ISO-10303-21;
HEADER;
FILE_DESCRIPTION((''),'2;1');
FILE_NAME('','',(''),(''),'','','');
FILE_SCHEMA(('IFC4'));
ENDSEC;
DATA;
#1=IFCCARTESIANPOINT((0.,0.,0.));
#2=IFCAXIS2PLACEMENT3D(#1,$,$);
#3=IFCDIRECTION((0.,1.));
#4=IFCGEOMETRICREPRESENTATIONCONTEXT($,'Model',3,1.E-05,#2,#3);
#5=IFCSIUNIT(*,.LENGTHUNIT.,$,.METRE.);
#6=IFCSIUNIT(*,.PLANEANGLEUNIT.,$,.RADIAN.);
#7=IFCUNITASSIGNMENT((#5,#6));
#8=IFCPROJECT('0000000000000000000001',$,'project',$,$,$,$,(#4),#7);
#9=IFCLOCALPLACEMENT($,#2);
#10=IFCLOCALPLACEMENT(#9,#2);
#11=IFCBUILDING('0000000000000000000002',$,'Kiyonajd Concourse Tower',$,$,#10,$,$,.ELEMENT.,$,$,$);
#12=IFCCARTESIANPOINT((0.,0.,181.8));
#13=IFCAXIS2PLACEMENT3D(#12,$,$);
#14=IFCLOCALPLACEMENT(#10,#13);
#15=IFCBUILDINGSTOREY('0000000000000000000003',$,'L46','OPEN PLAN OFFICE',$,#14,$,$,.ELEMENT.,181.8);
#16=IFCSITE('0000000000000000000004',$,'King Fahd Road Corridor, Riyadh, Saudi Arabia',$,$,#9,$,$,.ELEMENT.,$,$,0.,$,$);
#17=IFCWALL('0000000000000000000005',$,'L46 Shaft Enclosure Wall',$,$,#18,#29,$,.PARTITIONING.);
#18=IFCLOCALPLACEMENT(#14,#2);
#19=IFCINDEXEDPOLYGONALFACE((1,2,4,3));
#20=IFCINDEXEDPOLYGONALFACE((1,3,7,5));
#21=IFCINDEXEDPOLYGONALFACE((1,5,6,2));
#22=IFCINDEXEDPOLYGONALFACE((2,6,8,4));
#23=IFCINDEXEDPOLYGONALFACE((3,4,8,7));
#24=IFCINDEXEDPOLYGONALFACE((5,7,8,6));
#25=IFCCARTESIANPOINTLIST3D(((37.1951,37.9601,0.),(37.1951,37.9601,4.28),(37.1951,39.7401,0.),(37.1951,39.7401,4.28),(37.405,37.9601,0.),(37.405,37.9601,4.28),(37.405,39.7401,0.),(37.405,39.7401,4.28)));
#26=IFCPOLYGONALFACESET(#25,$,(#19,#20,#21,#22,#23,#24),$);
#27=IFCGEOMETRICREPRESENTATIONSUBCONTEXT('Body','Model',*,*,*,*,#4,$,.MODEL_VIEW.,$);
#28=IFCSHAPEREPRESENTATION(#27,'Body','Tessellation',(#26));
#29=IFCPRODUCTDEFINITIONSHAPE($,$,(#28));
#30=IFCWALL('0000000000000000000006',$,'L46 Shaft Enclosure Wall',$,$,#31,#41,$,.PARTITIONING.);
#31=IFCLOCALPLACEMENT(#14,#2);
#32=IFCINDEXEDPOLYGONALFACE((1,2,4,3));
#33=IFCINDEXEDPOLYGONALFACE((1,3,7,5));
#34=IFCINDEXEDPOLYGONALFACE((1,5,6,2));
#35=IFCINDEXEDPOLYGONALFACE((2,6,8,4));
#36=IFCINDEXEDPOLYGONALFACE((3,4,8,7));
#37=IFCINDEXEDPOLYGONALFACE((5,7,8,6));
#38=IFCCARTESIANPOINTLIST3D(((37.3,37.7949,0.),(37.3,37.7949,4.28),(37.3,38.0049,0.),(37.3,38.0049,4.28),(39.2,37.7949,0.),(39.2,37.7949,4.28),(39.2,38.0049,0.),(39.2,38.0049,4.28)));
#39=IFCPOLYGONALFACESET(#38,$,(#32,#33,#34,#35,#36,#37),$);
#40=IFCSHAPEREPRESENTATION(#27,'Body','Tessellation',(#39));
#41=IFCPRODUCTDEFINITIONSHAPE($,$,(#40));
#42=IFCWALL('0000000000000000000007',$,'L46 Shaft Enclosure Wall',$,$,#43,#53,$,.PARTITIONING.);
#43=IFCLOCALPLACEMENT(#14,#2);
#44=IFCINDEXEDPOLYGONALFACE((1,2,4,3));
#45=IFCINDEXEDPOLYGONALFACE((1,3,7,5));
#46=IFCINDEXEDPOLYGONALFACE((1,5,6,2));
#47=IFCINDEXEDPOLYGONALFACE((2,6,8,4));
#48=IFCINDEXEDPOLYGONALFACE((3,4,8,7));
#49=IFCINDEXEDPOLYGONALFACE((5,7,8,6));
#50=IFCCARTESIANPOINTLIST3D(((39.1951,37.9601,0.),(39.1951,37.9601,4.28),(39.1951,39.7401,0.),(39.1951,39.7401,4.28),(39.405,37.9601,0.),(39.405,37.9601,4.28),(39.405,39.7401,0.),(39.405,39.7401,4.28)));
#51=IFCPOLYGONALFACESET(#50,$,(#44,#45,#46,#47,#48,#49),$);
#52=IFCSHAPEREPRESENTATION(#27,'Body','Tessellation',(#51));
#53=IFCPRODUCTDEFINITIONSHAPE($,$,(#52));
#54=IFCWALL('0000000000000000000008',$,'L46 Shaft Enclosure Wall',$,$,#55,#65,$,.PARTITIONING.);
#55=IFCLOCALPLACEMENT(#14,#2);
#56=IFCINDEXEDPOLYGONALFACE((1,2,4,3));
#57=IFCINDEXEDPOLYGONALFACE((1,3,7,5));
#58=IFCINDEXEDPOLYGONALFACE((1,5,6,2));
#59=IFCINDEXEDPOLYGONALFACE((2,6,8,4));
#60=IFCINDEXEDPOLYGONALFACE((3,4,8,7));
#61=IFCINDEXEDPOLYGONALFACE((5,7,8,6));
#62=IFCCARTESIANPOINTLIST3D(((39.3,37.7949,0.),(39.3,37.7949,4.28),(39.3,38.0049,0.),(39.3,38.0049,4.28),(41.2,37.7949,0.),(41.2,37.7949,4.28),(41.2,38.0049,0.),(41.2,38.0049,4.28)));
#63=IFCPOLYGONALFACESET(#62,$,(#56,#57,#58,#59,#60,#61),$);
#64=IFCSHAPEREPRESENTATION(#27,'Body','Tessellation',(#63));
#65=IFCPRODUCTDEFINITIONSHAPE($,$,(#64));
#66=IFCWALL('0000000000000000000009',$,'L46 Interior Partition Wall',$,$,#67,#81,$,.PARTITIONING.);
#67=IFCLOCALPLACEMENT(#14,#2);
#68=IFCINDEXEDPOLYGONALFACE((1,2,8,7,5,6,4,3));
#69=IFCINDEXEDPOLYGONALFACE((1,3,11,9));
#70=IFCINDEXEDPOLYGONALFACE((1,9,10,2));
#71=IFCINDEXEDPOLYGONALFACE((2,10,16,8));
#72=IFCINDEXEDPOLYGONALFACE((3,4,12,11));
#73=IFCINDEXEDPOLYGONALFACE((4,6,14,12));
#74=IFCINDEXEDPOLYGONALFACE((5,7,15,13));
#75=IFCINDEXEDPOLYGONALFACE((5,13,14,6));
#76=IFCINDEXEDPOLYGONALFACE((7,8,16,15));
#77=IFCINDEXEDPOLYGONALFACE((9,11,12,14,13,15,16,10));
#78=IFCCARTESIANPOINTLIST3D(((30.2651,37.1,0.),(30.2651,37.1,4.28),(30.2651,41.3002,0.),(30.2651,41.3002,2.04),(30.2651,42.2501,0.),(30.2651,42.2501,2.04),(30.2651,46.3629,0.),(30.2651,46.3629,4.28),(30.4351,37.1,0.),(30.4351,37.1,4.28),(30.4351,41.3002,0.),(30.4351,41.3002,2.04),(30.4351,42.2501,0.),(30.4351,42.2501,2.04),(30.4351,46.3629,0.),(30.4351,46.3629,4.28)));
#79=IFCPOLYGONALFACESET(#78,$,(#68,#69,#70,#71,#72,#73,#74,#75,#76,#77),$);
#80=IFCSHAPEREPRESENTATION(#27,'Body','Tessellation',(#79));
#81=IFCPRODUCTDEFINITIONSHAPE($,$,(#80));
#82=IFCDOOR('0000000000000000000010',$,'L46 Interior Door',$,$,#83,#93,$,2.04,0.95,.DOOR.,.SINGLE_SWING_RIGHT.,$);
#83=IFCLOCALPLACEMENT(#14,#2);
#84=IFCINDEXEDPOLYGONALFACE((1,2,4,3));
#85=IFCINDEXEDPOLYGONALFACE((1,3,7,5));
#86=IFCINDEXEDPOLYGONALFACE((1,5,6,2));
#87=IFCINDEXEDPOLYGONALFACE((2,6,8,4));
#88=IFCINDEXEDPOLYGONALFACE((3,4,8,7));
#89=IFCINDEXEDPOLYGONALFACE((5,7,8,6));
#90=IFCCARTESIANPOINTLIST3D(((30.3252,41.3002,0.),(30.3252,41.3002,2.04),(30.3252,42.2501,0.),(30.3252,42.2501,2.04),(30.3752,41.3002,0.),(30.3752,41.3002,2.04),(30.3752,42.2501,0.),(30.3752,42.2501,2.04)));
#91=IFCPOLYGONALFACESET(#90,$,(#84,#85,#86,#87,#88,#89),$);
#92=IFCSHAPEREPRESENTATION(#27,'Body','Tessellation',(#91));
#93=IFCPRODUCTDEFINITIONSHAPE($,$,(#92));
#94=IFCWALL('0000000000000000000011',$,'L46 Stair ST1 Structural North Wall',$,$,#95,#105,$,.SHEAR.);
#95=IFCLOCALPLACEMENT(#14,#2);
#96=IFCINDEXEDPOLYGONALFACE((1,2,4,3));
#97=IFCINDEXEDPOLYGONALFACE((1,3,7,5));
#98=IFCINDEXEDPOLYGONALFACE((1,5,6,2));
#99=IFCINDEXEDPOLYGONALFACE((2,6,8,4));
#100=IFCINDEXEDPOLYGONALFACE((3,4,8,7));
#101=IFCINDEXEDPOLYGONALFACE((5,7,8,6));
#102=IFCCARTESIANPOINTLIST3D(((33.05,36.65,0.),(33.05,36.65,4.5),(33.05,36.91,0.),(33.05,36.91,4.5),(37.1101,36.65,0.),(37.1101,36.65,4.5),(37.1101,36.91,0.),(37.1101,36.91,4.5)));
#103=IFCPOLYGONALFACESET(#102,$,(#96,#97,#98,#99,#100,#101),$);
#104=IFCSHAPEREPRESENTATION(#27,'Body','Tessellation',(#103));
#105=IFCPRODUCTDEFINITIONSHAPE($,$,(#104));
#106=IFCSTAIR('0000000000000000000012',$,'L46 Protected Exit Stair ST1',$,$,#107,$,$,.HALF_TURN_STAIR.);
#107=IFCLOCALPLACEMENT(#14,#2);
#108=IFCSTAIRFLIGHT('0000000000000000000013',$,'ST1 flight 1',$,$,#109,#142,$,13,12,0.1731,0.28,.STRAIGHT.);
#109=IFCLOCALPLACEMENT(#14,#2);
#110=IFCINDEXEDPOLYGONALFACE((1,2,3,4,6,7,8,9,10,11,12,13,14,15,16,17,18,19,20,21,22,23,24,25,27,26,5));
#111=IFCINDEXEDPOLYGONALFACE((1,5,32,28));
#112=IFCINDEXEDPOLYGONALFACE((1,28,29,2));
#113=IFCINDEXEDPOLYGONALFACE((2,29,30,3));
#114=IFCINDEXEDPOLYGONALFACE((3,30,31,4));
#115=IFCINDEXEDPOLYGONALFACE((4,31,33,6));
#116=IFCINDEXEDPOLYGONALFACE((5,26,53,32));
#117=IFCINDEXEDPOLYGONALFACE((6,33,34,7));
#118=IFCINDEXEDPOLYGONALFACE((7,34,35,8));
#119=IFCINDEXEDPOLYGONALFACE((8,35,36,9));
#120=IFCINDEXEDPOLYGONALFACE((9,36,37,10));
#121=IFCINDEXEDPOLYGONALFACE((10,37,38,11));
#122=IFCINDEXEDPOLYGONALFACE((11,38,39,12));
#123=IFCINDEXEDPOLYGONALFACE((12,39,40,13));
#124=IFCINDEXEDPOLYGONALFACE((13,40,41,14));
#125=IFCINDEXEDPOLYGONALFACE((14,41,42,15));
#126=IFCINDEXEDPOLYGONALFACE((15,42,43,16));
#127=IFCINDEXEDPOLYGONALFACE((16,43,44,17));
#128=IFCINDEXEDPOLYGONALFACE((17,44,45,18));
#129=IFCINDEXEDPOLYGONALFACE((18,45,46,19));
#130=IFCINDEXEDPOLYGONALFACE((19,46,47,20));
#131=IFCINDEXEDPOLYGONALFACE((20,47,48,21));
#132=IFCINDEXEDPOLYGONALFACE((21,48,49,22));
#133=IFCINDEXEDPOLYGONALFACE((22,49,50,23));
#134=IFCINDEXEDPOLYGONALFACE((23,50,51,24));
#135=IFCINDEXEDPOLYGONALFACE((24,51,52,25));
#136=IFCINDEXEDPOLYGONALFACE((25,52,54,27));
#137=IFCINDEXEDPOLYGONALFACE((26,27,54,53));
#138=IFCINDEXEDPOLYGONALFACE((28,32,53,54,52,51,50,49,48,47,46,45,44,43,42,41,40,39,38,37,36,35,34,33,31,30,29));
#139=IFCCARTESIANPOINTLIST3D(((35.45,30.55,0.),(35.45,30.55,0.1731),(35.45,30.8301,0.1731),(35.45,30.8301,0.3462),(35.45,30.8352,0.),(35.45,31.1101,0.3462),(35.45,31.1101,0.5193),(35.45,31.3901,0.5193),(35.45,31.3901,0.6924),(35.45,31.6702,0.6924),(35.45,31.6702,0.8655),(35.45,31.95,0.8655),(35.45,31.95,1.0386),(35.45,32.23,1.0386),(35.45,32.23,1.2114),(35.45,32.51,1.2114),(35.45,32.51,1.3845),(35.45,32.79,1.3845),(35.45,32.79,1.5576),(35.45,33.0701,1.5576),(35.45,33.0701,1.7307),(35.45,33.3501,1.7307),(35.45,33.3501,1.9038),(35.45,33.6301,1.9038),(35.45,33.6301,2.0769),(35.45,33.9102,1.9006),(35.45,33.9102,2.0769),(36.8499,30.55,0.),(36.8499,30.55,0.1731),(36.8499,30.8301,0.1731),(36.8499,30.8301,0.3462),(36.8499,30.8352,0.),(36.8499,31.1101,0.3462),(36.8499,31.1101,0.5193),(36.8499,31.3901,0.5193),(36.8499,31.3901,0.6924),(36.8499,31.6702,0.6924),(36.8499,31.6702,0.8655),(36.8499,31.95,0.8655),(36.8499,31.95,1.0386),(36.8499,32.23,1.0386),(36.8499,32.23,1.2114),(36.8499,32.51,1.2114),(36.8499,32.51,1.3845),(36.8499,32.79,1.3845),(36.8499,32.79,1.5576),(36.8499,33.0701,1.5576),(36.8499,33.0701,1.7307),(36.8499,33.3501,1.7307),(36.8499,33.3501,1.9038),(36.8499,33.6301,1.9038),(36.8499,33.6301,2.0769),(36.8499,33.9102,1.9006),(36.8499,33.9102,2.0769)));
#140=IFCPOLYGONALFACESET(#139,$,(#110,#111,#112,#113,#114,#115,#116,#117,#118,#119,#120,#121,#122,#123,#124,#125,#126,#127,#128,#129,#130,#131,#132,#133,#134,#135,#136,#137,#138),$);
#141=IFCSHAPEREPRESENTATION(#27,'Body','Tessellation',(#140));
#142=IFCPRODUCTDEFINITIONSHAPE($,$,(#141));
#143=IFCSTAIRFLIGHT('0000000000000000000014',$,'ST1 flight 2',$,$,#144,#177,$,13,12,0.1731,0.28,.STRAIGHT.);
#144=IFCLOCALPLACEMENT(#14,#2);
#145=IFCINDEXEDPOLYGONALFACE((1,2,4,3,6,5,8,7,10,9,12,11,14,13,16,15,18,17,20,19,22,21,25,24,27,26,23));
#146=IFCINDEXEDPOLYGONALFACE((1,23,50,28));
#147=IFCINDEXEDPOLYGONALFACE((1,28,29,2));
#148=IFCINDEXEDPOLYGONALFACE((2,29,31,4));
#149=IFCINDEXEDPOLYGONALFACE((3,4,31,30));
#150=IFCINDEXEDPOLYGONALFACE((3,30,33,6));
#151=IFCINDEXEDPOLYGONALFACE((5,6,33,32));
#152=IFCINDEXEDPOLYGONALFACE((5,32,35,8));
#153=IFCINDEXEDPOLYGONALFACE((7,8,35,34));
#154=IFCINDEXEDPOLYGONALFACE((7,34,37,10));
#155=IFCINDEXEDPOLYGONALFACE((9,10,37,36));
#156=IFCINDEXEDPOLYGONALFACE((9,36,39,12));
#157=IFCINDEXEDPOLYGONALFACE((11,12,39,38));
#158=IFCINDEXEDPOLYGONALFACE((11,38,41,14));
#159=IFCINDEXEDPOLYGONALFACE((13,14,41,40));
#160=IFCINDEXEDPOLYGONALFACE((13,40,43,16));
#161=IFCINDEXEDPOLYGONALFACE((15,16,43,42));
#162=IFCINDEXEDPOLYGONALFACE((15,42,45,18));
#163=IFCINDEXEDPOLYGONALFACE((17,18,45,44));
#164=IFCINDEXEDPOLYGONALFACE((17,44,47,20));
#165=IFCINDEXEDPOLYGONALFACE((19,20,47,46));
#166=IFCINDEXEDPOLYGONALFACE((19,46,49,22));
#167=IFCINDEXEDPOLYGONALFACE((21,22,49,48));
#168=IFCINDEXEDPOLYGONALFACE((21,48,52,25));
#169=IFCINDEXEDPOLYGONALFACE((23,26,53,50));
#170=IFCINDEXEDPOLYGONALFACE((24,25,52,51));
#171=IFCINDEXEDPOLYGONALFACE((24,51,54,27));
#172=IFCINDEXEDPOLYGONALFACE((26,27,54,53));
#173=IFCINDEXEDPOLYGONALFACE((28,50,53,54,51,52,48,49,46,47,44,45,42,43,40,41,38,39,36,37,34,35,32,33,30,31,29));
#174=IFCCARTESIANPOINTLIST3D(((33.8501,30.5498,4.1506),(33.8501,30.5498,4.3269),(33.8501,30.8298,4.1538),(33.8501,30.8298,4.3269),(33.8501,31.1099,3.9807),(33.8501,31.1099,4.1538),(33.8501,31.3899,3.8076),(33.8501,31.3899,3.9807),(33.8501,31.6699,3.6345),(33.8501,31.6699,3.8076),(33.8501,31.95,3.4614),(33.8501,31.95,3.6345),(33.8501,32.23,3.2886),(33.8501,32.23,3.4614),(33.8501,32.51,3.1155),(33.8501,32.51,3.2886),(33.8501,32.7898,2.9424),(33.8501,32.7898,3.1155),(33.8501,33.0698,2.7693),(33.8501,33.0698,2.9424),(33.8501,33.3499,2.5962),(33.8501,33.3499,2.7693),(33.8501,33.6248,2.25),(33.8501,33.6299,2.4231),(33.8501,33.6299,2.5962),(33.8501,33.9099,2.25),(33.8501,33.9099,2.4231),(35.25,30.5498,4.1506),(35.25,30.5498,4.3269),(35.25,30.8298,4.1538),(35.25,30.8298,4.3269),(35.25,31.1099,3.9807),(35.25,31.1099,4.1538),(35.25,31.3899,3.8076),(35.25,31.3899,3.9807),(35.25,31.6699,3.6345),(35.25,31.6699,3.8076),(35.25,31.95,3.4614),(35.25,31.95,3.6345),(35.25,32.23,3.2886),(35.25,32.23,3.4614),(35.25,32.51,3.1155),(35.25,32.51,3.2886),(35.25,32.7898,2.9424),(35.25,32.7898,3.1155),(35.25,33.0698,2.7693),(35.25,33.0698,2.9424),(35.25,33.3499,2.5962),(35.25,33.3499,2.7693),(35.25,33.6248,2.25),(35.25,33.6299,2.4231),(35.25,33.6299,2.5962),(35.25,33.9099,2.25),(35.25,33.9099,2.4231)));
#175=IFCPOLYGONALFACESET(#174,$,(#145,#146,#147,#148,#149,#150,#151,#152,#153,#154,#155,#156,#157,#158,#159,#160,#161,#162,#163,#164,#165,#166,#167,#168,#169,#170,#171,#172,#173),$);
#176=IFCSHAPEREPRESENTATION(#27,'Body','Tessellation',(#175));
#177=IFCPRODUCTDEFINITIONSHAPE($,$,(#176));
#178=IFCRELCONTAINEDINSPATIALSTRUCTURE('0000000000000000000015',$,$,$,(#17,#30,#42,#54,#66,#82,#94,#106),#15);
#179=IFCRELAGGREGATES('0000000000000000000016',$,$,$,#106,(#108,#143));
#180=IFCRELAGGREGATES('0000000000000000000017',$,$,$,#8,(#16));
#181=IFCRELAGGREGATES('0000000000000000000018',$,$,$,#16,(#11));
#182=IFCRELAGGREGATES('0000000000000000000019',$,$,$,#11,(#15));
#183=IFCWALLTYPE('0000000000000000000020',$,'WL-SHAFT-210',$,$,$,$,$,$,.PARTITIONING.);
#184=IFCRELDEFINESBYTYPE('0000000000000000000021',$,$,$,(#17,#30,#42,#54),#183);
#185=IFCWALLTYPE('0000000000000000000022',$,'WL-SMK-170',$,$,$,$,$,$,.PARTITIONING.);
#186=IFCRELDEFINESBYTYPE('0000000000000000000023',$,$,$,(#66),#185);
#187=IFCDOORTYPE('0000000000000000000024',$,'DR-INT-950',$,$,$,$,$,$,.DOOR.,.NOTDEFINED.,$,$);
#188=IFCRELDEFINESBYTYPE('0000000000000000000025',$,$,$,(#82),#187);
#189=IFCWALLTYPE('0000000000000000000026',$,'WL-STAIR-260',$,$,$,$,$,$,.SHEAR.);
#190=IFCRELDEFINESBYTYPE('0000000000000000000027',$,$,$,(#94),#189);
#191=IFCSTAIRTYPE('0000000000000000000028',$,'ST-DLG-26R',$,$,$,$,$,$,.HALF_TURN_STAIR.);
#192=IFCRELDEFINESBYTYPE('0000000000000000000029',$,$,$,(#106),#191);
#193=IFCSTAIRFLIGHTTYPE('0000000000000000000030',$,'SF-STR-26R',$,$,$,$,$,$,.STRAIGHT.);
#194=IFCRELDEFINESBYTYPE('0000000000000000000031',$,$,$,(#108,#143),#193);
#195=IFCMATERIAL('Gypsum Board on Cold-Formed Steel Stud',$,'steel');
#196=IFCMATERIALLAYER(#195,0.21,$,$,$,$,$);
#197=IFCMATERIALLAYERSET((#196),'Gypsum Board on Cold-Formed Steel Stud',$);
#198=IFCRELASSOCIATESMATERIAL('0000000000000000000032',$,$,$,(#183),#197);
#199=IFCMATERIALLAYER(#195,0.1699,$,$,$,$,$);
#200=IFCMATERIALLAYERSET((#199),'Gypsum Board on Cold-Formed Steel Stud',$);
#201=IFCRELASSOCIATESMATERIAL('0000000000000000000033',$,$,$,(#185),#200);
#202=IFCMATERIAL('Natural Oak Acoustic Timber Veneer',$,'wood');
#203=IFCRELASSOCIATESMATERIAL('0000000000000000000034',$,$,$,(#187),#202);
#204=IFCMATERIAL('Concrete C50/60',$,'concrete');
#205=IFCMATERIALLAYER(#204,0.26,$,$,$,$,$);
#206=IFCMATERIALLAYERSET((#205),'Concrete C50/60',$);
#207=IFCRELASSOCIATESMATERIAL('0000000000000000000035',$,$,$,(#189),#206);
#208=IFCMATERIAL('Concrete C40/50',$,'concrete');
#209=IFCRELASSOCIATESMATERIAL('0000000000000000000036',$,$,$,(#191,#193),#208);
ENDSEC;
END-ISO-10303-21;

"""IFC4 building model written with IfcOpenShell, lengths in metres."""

from ifc_helpers import new_model, si_unit, direction, frame, frame_2d, origin, place, context, subcontext, project, spatial, polyline, rectangle, outline, extrude, material, layer, layer_set, type_object, element, fill, aggregate, save


model = new_model("IFC4")

# Units and contexts
model_context = context("Model", 3, precision=1e-05, world=origin(), true_north=direction((0.0, 1.0)))
body_context = subcontext(model_context, "Body", "Model", "MODEL_VIEW")
ifc_project = project(units=[si_unit("LENGTHUNIT", "METRE"), si_unit("PLANEANGLEUNIT", "RADIAN")], contexts=[model_context])

# Site, building, storey
site_placement = place(None, origin())
site = spatial("IfcSite", under=ifc_project, at=site_placement, Name="King Fahd Road Corridor, Riyadh, Saudi Arabia", CompositionType="ELEMENT", RefElevation=0.0)
building_placement = place(site_placement, origin())
building = spatial("IfcBuilding", under=site, at=building_placement, Name="Kiyonajd Concourse Tower", CompositionType="ELEMENT")
storey_placement = place(building_placement, frame((0.0, 0.0, 181.8)))
storey = spatial("IfcBuildingStorey", under=building, at=storey_placement, Name="L46", Description="OPEN PLAN OFFICE", CompositionType="ELEMENT", Elevation=181.8)

# Shared definitions
ifc_material_1 = material(Name="Concrete C50/60", Category="concrete")

# Shared definitions
ifc_material_2 = material(Name="Gypsum Board on Cold-Formed Steel Stud", Category="steel")
ifc_layer_1 = layer(ifc_material_2, 0.21)
ifc_layer_set_1 = layer_set([ifc_layer_1], Name="Gypsum Board on Cold-Formed Steel Stud")
wall_type_1 = type_object("IfcWallType", Name="WL-SHAFT-210", PredefinedType="PARTITIONING", material=ifc_layer_set_1)

# Walls
wall_1_placement = place(storey_placement, frame((37.3, 37.96, 0.0), z_axis=(0.0, 0.0, 1.0), x_axis=(0.0, 1.0, 0.0)))
element("IfcWall", 1, at=wall_1_placement, inside=storey, type_object=wall_type_1, Name="L46 Shaft Enclosure Wall", PredefinedType="PARTITIONING", context=body_context, shape_type="SweptSolid", body=[
    extrude(rectangle(XDim=1.78, YDim=0.21, at=frame_2d((0.8901, 0.0))), origin(), (0.0, 0.0, 1.0), 4.28),
])
wall_2_placement = place(storey_placement, frame((37.3, 37.8999, 0.0), z_axis=(0.0, 0.0, 1.0), x_axis=(1.0, 0.0, 0.0)))
element("IfcWall", 2, at=wall_2_placement, inside=storey, type_object=wall_type_1, Name="L46 Shaft Enclosure Wall", PredefinedType="PARTITIONING", context=body_context, shape_type="SweptSolid", body=[
    extrude(rectangle(XDim=1.8999, YDim=0.21, at=frame_2d((0.95, 0.0))), origin(), (0.0, 0.0, 1.0), 4.28),
])
wall_3_placement = place(storey_placement, frame((39.3, 37.96, 0.0), z_axis=(0.0, 0.0, 1.0), x_axis=(0.0, 1.0, 0.0)))
element("IfcWall", 3, at=wall_3_placement, inside=storey, type_object=wall_type_1, Name="L46 Shaft Enclosure Wall", PredefinedType="PARTITIONING", context=body_context, shape_type="SweptSolid", body=[
    extrude(rectangle(XDim=1.78, YDim=0.21, at=frame_2d((0.8901, 0.0))), origin(), (0.0, 0.0, 1.0), 4.28),
])
wall_4_placement = place(storey_placement, frame((39.3, 37.8999, 0.0), z_axis=(0.0, 0.0, 1.0), x_axis=(1.0, 0.0, 0.0)))
element("IfcWall", 4, at=wall_4_placement, inside=storey, type_object=wall_type_1, Name="L46 Shaft Enclosure Wall", PredefinedType="PARTITIONING", context=body_context, shape_type="SweptSolid", body=[
    extrude(rectangle(XDim=1.8999, YDim=0.21, at=frame_2d((0.95, 0.0))), origin(), (0.0, 0.0, 1.0), 4.28),
])

# Wall, opening, door
ifc_layer_2 = layer(ifc_material_2, 0.1699)
ifc_layer_set_2 = layer_set([ifc_layer_2], Name="Gypsum Board on Cold-Formed Steel Stud")
wall_type_2 = type_object("IfcWallType", Name="WL-SMK-170", PredefinedType="PARTITIONING", material=ifc_layer_set_2)
wall_5_placement = place(storey_placement, frame((30.3501, 37.1001, 0.0), z_axis=(0.0, 0.0, 1.0), x_axis=(0.0, 1.0, 0.0)))
wall_5 = element("IfcWall", 5, at=wall_5_placement, inside=storey, type_object=wall_type_2, Name="L46 Interior Partition Wall", PredefinedType="PARTITIONING", context=body_context, shape_type="SweptSolid", body=[
    extrude(rectangle(XDim=9.2629, YDim=0.1699, at=frame_2d((4.6313, 0.0))), origin(), (0.0, 0.0, 1.0), 4.28),
])
opening_1_placement = place(wall_5_placement, frame((4.2, 0.0, 0.0)))
opening_1 = element("IfcOpeningElement", 6, at=opening_1_placement, cuts=wall_5, PredefinedType="OPENING", context=body_context, shape_type="SweptSolid", body=[
    extrude(rectangle(XDim=0.95, YDim=2.04, at=frame_2d((0.4751, 1.02))), frame((0.0, 0.095, 0.0), z_axis=(0.0, -1.0, 0.0), x_axis=(1.0, 0.0, 0.0)), (0.0, 0.0, 1.0), 0.1899),
])
ifc_material_3 = material(Name="Natural Oak Acoustic Timber Veneer", Category="wood")
door_type_1 = type_object("IfcDoorType", Name="DR-INT-950", OperationType="NOTDEFINED", PredefinedType="DOOR", material=ifc_material_3)
door_1_placement = place(opening_1_placement, origin())
door_1 = element("IfcDoor", 7, at=door_1_placement, inside=storey, type_object=door_type_1, Name="L46 Interior Door", OperationType="SINGLE_SWING_RIGHT", OverallHeight=2.04, OverallWidth=0.95, PredefinedType="DOOR", context=body_context, shape_type="SweptSolid", body=[
    extrude(rectangle(XDim=0.95, YDim=2.04, at=frame_2d((0.4751, 1.02))), frame((0.0, 0.0249, 0.0), z_axis=(0.0, -1.0, 0.0), x_axis=(1.0, 0.0, 0.0)), (0.0, 0.0, 1.0), 0.05),
])
fill(opening_1, door_1)

# Wall
ifc_layer_3 = layer(ifc_material_1, 0.26)
ifc_layer_set_3 = layer_set([ifc_layer_3], Name="Concrete C50/60")
wall_type_3 = type_object("IfcWallType", Name="WL-STAIR-260", PredefinedType="SHEAR", material=ifc_layer_set_3)
wall_6_placement = place(storey_placement, frame((33.05, 36.78, 0.0), z_axis=(0.0, 0.0, 1.0), x_axis=(1.0, 0.0, 0.0)))
element("IfcWall", 8, at=wall_6_placement, inside=storey, type_object=wall_type_3, Name="L46 Stair ST1 Structural North Wall", PredefinedType="SHEAR", context=body_context, shape_type="SweptSolid", body=[
    extrude(rectangle(XDim=4.0601, YDim=0.26, at=frame_2d((2.03, 0.0))), origin(), (0.0, 0.0, 1.0), 4.5),
])

# Stair, stair flights
ifc_material_4 = material(Name="Concrete C40/50", Category="concrete")
stair_type = type_object("IfcStairType", Name="ST-DLG-26R", PredefinedType="HALF_TURN_STAIR", material=ifc_material_4)
stair_placement = place(storey_placement, origin())
stair = element("IfcStair", 9, at=stair_placement, inside=storey, type_object=stair_type, Name="L46 Protected Exit Stair ST1", PredefinedType="HALF_TURN_STAIR")
stair_flight_type = type_object("IfcStairFlightType", Name="SF-STR-26R", PredefinedType="STRAIGHT", material=ifc_material_4)
stair_flight_1_placement = place(storey_placement, frame((36.1499, 30.55, 0.0), z_axis=(0.0, 0.0, 1.0), x_axis=(0.0, 1.0, 0.0)))
stair_flight_1 = element("IfcStairFlight", 10, at=stair_flight_1_placement, type_object=stair_flight_type, Name="ST1 flight 1", NumberOfRisers=13, NumberOfTreads=12, PredefinedType="STRAIGHT", RiserHeight=0.1731, TreadLength=0.28, context=body_context, shape_type="SweptSolid", body=[
    extrude(outline(polyline([(0.0, 0.0), (0.0, 0.1731), (0.28, 0.1731), (0.28, 0.3462), (0.5601, 0.3462), (0.5601, 0.5193), (0.8401, 0.5193), (0.8401, 0.6924), (1.1201, 0.6924), (1.1201, 0.8655), (1.3999, 0.8655), (1.3999, 1.0386), (1.6799, 1.0386), (1.6799, 1.2114), (1.96, 1.2114), (1.96, 1.3845), (2.24, 1.3845), (2.24, 1.5576), (2.52, 1.5576), (2.52, 1.7307), (2.8, 1.7307), (2.8, 1.9038), (3.0801, 1.9038), (3.0801, 2.0769), (3.3601, 2.0769), (3.3601, 2.25), (3.3601, 1.9006), (0.2852, 0.0), (0.0, 0.0)])), frame((0.0, 0.7, 0.0), z_axis=(0.0, -1.0, 0.0), x_axis=(1.0, 0.0, 0.0)), (0.0, 0.0, 1.0), 1.3999),
])
stair_flight_2_placement = place(storey_placement, frame((34.55, 33.9099, 2.25), z_axis=(0.0, 0.0, 1.0), x_axis=(0.0, -1.0, 0.0)))
stair_flight_2 = element("IfcStairFlight", 11, at=stair_flight_2_placement, type_object=stair_flight_type, Name="ST1 flight 2", NumberOfRisers=13, NumberOfTreads=12, PredefinedType="STRAIGHT", RiserHeight=0.1731, TreadLength=0.28, context=body_context, shape_type="SweptSolid", body=[
    extrude(outline(polyline([(0.0, 0.0), (0.0, 0.1731), (0.28, 0.1731), (0.28, 0.3462), (0.5601, 0.3462), (0.5601, 0.5193), (0.8401, 0.5193), (0.8401, 0.6924), (1.1201, 0.6924), (1.1201, 0.8655), (1.3999, 0.8655), (1.3999, 1.0386), (1.6799, 1.0386), (1.6799, 1.2114), (1.96, 1.2114), (1.96, 1.3845), (2.24, 1.3845), (2.24, 1.5576), (2.52, 1.5576), (2.52, 1.7307), (2.8, 1.7307), (2.8, 1.9038), (3.0801, 1.9038), (3.0801, 2.0769), (3.3601, 2.0769), (3.3601, 2.25), (3.3601, 1.9006), (0.2852, 0.0), (0.0, 0.0)])), frame((0.0, 0.7, 0.0), z_axis=(0.0, -1.0, 0.0), x_axis=(1.0, 0.0, 0.0)), (0.0, 0.0, 1.0), 1.3999),
])
aggregate(stair, [stair_flight_1, stair_flight_2])

save(model, "model.ifc")
